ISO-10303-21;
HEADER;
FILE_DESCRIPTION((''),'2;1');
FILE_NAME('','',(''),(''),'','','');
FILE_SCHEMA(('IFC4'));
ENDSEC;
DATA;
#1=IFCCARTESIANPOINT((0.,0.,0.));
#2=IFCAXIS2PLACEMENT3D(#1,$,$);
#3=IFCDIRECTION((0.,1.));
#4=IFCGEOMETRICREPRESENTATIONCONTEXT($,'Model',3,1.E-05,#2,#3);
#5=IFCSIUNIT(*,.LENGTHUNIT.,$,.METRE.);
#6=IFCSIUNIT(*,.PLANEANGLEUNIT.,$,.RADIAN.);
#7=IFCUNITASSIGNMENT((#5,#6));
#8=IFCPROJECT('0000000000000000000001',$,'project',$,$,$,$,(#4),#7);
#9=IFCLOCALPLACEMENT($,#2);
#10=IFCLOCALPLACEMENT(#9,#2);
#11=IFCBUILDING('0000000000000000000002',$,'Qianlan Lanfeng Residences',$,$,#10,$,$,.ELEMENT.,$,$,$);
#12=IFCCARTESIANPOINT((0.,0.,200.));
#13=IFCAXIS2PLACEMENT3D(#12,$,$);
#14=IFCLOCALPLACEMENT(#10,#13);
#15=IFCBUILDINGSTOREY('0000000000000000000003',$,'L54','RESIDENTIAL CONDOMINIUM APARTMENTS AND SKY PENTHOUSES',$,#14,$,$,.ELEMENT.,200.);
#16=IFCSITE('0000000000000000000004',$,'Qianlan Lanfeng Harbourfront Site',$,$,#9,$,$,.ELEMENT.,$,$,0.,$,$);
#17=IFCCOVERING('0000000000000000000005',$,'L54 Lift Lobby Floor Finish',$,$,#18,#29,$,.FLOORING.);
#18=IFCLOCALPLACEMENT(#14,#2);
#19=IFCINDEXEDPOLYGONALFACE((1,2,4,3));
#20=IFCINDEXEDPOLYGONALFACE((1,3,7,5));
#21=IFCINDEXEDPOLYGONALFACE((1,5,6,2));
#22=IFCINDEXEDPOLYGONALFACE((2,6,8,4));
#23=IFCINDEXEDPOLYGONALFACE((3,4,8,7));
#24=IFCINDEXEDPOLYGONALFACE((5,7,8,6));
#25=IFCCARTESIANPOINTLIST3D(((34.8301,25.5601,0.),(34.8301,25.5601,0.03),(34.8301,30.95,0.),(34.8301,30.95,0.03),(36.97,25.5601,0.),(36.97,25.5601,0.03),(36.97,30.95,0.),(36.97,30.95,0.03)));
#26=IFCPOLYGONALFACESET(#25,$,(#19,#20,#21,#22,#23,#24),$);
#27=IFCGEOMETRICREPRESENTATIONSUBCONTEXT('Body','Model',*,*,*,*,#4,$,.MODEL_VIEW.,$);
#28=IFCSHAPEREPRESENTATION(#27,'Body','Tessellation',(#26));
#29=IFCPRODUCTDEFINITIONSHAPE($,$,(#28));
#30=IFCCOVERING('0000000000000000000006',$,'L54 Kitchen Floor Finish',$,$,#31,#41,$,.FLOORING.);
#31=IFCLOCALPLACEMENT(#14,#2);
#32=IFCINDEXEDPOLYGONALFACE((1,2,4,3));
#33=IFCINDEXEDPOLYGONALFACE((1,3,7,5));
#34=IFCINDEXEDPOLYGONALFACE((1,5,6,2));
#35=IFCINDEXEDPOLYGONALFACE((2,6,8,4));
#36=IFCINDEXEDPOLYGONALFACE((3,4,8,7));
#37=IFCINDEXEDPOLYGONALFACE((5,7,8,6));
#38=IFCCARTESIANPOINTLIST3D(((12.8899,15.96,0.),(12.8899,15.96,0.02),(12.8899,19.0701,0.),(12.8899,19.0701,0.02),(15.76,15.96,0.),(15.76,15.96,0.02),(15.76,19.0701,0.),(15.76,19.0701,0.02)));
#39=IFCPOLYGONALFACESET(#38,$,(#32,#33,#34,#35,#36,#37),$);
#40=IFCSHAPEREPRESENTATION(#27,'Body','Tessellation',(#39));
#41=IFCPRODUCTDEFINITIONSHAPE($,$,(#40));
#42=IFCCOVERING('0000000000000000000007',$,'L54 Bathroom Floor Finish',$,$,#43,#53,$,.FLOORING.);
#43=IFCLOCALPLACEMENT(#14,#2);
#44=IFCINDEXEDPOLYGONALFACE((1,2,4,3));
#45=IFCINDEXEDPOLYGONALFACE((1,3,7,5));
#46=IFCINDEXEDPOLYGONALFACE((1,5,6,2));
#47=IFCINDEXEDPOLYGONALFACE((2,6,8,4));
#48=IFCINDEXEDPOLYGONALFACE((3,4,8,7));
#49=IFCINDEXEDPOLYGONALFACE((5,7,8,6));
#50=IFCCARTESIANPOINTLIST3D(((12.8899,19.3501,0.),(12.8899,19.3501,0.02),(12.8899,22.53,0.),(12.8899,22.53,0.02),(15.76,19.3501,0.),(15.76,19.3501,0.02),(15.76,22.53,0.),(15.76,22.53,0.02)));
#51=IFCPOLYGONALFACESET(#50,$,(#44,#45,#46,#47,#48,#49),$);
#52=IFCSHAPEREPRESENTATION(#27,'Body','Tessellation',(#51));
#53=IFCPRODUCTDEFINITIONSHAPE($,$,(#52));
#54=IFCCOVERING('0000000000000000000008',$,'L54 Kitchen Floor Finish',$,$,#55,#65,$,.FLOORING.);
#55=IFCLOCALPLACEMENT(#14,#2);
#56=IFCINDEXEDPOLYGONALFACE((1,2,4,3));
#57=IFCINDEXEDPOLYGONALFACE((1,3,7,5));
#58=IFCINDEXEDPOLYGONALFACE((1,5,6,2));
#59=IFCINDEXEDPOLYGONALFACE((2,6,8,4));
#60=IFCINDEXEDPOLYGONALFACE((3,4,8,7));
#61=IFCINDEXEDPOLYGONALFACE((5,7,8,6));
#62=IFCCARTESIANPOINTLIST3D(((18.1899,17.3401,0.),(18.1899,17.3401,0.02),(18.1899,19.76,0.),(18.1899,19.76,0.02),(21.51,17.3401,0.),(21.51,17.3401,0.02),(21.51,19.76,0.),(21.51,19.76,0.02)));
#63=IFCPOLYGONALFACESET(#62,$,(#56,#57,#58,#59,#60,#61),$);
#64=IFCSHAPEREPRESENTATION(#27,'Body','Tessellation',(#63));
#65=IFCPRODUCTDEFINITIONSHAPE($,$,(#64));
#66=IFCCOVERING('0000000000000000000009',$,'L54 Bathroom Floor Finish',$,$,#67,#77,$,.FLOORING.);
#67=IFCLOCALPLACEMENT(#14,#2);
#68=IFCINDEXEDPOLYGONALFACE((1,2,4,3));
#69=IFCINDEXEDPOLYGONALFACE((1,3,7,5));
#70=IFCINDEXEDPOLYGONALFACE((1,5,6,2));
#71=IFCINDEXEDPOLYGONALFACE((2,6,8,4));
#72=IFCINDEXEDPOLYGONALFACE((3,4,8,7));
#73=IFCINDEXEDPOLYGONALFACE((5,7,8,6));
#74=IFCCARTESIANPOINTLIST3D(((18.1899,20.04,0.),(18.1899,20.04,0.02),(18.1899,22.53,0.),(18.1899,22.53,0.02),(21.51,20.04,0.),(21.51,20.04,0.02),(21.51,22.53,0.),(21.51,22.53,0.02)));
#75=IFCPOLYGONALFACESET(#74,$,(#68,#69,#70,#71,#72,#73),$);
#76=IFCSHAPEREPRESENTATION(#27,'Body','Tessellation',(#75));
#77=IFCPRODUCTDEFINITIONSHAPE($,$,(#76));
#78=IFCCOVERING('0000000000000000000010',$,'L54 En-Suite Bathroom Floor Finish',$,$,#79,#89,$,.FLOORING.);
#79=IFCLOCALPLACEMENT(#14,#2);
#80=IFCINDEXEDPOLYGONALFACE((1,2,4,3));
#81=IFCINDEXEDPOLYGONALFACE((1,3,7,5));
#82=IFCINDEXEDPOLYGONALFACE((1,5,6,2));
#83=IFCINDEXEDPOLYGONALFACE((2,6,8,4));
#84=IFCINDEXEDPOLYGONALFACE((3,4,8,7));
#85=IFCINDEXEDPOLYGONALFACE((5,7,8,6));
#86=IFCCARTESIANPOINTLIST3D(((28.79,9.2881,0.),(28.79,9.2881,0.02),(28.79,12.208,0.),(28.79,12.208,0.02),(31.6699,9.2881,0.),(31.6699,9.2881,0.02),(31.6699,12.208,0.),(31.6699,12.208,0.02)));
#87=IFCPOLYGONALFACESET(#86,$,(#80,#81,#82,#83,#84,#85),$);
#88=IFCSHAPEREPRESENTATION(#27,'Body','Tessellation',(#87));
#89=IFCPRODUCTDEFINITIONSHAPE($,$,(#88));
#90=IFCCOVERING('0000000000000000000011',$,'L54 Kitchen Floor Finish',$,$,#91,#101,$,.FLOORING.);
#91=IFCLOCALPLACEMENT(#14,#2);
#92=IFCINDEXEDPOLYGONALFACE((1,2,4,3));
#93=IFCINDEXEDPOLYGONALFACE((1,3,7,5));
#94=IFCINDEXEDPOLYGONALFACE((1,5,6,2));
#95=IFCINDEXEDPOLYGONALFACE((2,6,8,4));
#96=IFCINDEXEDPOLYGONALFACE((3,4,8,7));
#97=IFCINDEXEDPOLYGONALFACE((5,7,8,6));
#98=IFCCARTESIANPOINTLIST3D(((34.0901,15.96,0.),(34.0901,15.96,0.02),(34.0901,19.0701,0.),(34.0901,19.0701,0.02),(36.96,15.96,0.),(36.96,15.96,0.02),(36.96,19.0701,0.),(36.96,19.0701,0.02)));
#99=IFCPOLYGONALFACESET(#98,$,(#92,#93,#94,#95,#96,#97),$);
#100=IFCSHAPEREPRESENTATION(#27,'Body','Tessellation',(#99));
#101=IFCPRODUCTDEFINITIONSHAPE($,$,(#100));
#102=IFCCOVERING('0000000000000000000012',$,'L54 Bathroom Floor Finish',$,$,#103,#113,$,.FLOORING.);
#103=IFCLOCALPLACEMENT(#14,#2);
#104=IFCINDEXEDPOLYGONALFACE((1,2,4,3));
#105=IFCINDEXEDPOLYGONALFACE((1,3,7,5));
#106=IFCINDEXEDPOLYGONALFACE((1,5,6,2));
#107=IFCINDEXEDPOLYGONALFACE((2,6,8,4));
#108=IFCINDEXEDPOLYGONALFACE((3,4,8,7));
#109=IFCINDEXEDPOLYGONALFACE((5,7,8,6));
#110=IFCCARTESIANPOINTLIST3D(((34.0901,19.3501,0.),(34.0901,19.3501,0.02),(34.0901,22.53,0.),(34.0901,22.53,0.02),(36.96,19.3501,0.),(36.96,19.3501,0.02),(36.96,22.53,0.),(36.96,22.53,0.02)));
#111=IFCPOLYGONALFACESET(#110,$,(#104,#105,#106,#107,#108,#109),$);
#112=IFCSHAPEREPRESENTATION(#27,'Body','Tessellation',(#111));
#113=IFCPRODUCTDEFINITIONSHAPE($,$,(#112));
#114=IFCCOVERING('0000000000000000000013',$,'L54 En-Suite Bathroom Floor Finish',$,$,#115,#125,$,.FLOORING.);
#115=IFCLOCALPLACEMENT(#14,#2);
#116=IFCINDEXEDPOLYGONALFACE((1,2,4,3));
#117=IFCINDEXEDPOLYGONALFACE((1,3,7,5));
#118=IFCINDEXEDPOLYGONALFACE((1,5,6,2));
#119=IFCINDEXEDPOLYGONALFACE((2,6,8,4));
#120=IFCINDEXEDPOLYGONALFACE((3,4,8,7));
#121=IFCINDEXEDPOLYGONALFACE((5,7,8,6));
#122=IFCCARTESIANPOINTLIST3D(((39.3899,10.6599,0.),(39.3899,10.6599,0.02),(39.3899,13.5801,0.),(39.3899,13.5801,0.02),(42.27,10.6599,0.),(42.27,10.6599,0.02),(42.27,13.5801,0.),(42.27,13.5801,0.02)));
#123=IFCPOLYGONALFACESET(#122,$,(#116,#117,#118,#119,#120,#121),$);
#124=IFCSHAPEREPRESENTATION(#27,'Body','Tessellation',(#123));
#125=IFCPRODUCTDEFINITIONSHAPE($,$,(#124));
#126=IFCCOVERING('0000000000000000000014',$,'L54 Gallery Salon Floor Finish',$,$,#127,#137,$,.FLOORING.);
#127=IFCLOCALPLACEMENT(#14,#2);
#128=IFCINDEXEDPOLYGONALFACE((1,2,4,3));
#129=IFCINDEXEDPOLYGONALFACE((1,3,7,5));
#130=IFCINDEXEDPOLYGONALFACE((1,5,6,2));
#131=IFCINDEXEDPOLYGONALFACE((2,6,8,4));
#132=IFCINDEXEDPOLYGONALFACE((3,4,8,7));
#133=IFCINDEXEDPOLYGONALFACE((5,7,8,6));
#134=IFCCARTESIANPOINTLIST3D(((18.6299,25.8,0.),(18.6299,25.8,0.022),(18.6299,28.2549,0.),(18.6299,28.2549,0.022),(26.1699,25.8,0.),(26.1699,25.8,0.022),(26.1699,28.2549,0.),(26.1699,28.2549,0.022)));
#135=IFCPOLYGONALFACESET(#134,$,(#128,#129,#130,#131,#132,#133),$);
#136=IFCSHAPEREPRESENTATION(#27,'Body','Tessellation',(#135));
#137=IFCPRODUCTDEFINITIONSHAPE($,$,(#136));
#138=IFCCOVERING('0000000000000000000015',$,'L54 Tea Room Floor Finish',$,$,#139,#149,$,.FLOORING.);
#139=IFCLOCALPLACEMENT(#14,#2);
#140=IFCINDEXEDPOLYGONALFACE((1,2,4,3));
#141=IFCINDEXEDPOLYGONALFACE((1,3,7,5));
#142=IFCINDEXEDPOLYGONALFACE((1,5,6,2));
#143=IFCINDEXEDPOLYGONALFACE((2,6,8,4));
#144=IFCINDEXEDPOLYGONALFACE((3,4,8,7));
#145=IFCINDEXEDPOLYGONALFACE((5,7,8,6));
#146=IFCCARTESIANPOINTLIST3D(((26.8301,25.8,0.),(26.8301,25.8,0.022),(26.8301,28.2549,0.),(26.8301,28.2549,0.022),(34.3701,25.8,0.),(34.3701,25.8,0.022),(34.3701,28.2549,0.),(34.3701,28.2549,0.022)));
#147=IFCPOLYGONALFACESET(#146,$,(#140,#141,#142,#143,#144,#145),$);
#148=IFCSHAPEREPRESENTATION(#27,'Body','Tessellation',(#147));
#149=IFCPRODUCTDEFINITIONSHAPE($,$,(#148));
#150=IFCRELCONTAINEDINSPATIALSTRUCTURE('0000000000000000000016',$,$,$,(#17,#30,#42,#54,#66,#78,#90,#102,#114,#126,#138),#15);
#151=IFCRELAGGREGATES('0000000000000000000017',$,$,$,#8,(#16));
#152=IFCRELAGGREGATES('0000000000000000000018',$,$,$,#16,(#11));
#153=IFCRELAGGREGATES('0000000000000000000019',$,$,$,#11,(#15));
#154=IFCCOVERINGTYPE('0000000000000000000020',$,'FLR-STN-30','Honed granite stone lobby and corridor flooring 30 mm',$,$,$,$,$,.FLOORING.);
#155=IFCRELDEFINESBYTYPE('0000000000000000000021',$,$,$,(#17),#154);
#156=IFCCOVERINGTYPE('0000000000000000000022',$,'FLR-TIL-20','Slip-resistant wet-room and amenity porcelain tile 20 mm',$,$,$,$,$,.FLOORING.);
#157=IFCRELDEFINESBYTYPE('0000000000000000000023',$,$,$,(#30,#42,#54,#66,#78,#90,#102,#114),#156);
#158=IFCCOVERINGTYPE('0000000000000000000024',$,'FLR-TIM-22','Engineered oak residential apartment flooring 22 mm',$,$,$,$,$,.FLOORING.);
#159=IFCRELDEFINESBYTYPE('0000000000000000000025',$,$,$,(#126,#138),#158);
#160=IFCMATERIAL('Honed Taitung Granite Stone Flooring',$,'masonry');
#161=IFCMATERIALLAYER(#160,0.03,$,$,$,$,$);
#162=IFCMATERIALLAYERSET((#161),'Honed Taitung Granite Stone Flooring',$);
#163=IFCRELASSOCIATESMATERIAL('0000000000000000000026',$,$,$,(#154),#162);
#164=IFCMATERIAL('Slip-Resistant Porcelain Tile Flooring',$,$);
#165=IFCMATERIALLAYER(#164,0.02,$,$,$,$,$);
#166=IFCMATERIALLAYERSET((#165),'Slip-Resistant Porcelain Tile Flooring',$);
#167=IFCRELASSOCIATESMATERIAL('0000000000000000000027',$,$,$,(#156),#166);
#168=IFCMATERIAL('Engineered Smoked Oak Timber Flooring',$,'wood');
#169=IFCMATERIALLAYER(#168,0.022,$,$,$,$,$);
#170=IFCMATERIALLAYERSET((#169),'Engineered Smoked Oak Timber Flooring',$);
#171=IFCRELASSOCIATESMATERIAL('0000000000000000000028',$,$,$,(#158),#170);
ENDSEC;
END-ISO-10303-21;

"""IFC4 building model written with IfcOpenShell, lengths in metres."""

from ifc_helpers import new_model, si_unit, direction, frame, origin, place, context, subcontext, project, spatial, polyline, outline, extrude, material, layer, layer_set, type_object, element, save


model = new_model("IFC4")

# Units and contexts
model_context = context("Model", 3, precision=1e-05, world=origin(), true_north=direction((0.0, 1.0)))
body_context = subcontext(model_context, "Body", "Model", "MODEL_VIEW")
ifc_project = project(units=[si_unit("LENGTHUNIT", "METRE"), si_unit("PLANEANGLEUNIT", "RADIAN")], contexts=[model_context])

# Site, building, storey
site_placement = place(None, origin())
site = spatial("IfcSite", under=ifc_project, at=site_placement, Name="Qianlan Lanfeng Harbourfront Site", CompositionType="ELEMENT", RefElevation=0.0)
building_placement = place(site_placement, origin())
building = spatial("IfcBuilding", under=site, at=building_placement, Name="Qianlan Lanfeng Residences", CompositionType="ELEMENT")
storey_placement = place(building_placement, frame((0.0, 0.0, 200.0)))
storey = spatial("IfcBuildingStorey", under=building, at=storey_placement, Name="L54", Description="RESIDENTIAL CONDOMINIUM APARTMENTS AND SKY PENTHOUSES", CompositionType="ELEMENT", Elevation=200.0)

# Coverings
ifc_material_1 = material(Name="Honed Taitung Granite Stone Flooring", Category="masonry")
ifc_layer_1 = layer(ifc_material_1, 0.03)
ifc_layer_set_1 = layer_set([ifc_layer_1], Name="Honed Taitung Granite Stone Flooring")
covering_type_1 = type_object("IfcCoveringType", Name="FLR-STN-30", Description="Honed granite stone lobby and corridor flooring 30 mm", PredefinedType="FLOORING", material=ifc_layer_set_1)
covering_1_placement = place(storey_placement, origin())
element("IfcCovering", 1, at=covering_1_placement, inside=storey, type_object=covering_type_1, Name="L54 Lift Lobby Floor Finish", PredefinedType="FLOORING", context=body_context, shape_type="SweptSolid", body=[
    extrude(outline(polyline([(34.8301, 25.5601), (36.97, 25.5601), (36.97, 30.95), (34.8301, 30.95), (34.8301, 25.5601)])), origin(), (0.0, 0.0, 1.0), 0.03),
])
ifc_material_2 = material(Name="Slip-Resistant Porcelain Tile Flooring")
ifc_layer_2 = layer(ifc_material_2, 0.02)
ifc_layer_set_2 = layer_set([ifc_layer_2], Name="Slip-Resistant Porcelain Tile Flooring")
covering_type_2 = type_object("IfcCoveringType", Name="FLR-TIL-20", Description="Slip-resistant wet-room and amenity porcelain tile 20 mm", PredefinedType="FLOORING", material=ifc_layer_set_2)
covering_2_placement = place(storey_placement, origin())
element("IfcCovering", 2, at=covering_2_placement, inside=storey, type_object=covering_type_2, Name="L54 Kitchen Floor Finish", PredefinedType="FLOORING", context=body_context, shape_type="SweptSolid", body=[
    extrude(outline(polyline([(12.8899, 15.96), (15.76, 15.96), (15.76, 19.0701), (12.8899, 19.0701), (12.8899, 15.96)])), origin(), (0.0, 0.0, 1.0), 0.02),
])
covering_3_placement = place(storey_placement, origin())
element("IfcCovering", 3, at=covering_3_placement, inside=storey, type_object=covering_type_2, Name="L54 Bathroom Floor Finish", PredefinedType="FLOORING", context=body_context, shape_type="SweptSolid", body=[
    extrude(outline(polyline([(12.8899, 19.3501), (15.76, 19.3501), (15.76, 22.53), (12.8899, 22.53), (12.8899, 19.3501)])), origin(), (0.0, 0.0, 1.0), 0.02),
])
covering_4_placement = place(storey_placement, origin())
element("IfcCovering", 4, at=covering_4_placement, inside=storey, type_object=covering_type_2, Name="L54 Kitchen Floor Finish", PredefinedType="FLOORING", context=body_context, shape_type="SweptSolid", body=[
    extrude(outline(polyline([(18.1899, 17.3401), (21.51, 17.3401), (21.51, 19.76), (18.1899, 19.76), (18.1899, 17.3401)])), origin(), (0.0, 0.0, 1.0), 0.02),
])
covering_5_placement = place(storey_placement, origin())
element("IfcCovering", 5, at=covering_5_placement, inside=storey, type_object=covering_type_2, Name="L54 Bathroom Floor Finish", PredefinedType="FLOORING", context=body_context, shape_type="SweptSolid", body=[
    extrude(outline(polyline([(18.1899, 20.04), (21.51, 20.04), (21.51, 22.53), (18.1899, 22.53), (18.1899, 20.04)])), origin(), (0.0, 0.0, 1.0), 0.02),
])
covering_6_placement = place(storey_placement, origin())
element("IfcCovering", 6, at=covering_6_placement, inside=storey, type_object=covering_type_2, Name="L54 En-Suite Bathroom Floor Finish", PredefinedType="FLOORING", context=body_context, shape_type="SweptSolid", body=[
    extrude(outline(polyline([(28.79, 9.2881), (31.6699, 9.2881), (31.6699, 12.208), (28.79, 12.208), (28.79, 9.2881)])), origin(), (0.0, 0.0, 1.0), 0.02),
])
covering_7_placement = place(storey_placement, origin())
element("IfcCovering", 7, at=covering_7_placement, inside=storey, type_object=covering_type_2, Name="L54 Kitchen Floor Finish", PredefinedType="FLOORING", context=body_context, shape_type="SweptSolid", body=[
    extrude(outline(polyline([(34.0901, 15.96), (36.96, 15.96), (36.96, 19.0701), (34.0901, 19.0701), (34.0901, 15.96)])), origin(), (0.0, 0.0, 1.0), 0.02),
])
covering_8_placement = place(storey_placement, origin())
element("IfcCovering", 8, at=covering_8_placement, inside=storey, type_object=covering_type_2, Name="L54 Bathroom Floor Finish", PredefinedType="FLOORING", context=body_context, shape_type="SweptSolid", body=[
    extrude(outline(polyline([(34.0901, 19.3501), (36.96, 19.3501), (36.96, 22.53), (34.0901, 22.53), (34.0901, 19.3501)])), origin(), (0.0, 0.0, 1.0), 0.02),
])
covering_9_placement = place(storey_placement, origin())
element("IfcCovering", 9, at=covering_9_placement, inside=storey, type_object=covering_type_2, Name="L54 En-Suite Bathroom Floor Finish", PredefinedType="FLOORING", context=body_context, shape_type="SweptSolid", body=[
    extrude(outline(polyline([(39.3899, 10.6599), (42.27, 10.6599), (42.27, 13.5801), (39.3899, 13.5801), (39.3899, 10.6599)])), origin(), (0.0, 0.0, 1.0), 0.02),
])
ifc_material_3 = material(Name="Engineered Smoked Oak Timber Flooring", Category="wood")
ifc_layer_3 = layer(ifc_material_3, 0.022)
ifc_layer_set_3 = layer_set([ifc_layer_3], Name="Engineered Smoked Oak Timber Flooring")
covering_type_3 = type_object("IfcCoveringType", Name="FLR-TIM-22", Description="Engineered oak residential apartment flooring 22 mm", PredefinedType="FLOORING", material=ifc_layer_set_3)
covering_10_placement = place(storey_placement, origin())
element("IfcCovering", 10, at=covering_10_placement, inside=storey, type_object=covering_type_3, Name="L54 Gallery Salon Floor Finish", PredefinedType="FLOORING", context=body_context, shape_type="SweptSolid", body=[
    extrude(outline(polyline([(18.6299, 25.8), (26.1699, 25.8), (26.1699, 28.2549), (18.6299, 28.2549), (18.6299, 25.8)])), origin(), (0.0, 0.0, 1.0), 0.022),
])
covering_11_placement = place(storey_placement, origin())
element("IfcCovering", 11, at=covering_11_placement, inside=storey, type_object=covering_type_3, Name="L54 Tea Room Floor Finish", PredefinedType="FLOORING", context=body_context, shape_type="SweptSolid", body=[
    extrude(outline(polyline([(26.8301, 25.8), (34.3701, 25.8), (34.3701, 28.2549), (26.8301, 28.2549), (26.8301, 25.8)])), origin(), (0.0, 0.0, 1.0), 0.022),
])

save(model, "model.ifc")
